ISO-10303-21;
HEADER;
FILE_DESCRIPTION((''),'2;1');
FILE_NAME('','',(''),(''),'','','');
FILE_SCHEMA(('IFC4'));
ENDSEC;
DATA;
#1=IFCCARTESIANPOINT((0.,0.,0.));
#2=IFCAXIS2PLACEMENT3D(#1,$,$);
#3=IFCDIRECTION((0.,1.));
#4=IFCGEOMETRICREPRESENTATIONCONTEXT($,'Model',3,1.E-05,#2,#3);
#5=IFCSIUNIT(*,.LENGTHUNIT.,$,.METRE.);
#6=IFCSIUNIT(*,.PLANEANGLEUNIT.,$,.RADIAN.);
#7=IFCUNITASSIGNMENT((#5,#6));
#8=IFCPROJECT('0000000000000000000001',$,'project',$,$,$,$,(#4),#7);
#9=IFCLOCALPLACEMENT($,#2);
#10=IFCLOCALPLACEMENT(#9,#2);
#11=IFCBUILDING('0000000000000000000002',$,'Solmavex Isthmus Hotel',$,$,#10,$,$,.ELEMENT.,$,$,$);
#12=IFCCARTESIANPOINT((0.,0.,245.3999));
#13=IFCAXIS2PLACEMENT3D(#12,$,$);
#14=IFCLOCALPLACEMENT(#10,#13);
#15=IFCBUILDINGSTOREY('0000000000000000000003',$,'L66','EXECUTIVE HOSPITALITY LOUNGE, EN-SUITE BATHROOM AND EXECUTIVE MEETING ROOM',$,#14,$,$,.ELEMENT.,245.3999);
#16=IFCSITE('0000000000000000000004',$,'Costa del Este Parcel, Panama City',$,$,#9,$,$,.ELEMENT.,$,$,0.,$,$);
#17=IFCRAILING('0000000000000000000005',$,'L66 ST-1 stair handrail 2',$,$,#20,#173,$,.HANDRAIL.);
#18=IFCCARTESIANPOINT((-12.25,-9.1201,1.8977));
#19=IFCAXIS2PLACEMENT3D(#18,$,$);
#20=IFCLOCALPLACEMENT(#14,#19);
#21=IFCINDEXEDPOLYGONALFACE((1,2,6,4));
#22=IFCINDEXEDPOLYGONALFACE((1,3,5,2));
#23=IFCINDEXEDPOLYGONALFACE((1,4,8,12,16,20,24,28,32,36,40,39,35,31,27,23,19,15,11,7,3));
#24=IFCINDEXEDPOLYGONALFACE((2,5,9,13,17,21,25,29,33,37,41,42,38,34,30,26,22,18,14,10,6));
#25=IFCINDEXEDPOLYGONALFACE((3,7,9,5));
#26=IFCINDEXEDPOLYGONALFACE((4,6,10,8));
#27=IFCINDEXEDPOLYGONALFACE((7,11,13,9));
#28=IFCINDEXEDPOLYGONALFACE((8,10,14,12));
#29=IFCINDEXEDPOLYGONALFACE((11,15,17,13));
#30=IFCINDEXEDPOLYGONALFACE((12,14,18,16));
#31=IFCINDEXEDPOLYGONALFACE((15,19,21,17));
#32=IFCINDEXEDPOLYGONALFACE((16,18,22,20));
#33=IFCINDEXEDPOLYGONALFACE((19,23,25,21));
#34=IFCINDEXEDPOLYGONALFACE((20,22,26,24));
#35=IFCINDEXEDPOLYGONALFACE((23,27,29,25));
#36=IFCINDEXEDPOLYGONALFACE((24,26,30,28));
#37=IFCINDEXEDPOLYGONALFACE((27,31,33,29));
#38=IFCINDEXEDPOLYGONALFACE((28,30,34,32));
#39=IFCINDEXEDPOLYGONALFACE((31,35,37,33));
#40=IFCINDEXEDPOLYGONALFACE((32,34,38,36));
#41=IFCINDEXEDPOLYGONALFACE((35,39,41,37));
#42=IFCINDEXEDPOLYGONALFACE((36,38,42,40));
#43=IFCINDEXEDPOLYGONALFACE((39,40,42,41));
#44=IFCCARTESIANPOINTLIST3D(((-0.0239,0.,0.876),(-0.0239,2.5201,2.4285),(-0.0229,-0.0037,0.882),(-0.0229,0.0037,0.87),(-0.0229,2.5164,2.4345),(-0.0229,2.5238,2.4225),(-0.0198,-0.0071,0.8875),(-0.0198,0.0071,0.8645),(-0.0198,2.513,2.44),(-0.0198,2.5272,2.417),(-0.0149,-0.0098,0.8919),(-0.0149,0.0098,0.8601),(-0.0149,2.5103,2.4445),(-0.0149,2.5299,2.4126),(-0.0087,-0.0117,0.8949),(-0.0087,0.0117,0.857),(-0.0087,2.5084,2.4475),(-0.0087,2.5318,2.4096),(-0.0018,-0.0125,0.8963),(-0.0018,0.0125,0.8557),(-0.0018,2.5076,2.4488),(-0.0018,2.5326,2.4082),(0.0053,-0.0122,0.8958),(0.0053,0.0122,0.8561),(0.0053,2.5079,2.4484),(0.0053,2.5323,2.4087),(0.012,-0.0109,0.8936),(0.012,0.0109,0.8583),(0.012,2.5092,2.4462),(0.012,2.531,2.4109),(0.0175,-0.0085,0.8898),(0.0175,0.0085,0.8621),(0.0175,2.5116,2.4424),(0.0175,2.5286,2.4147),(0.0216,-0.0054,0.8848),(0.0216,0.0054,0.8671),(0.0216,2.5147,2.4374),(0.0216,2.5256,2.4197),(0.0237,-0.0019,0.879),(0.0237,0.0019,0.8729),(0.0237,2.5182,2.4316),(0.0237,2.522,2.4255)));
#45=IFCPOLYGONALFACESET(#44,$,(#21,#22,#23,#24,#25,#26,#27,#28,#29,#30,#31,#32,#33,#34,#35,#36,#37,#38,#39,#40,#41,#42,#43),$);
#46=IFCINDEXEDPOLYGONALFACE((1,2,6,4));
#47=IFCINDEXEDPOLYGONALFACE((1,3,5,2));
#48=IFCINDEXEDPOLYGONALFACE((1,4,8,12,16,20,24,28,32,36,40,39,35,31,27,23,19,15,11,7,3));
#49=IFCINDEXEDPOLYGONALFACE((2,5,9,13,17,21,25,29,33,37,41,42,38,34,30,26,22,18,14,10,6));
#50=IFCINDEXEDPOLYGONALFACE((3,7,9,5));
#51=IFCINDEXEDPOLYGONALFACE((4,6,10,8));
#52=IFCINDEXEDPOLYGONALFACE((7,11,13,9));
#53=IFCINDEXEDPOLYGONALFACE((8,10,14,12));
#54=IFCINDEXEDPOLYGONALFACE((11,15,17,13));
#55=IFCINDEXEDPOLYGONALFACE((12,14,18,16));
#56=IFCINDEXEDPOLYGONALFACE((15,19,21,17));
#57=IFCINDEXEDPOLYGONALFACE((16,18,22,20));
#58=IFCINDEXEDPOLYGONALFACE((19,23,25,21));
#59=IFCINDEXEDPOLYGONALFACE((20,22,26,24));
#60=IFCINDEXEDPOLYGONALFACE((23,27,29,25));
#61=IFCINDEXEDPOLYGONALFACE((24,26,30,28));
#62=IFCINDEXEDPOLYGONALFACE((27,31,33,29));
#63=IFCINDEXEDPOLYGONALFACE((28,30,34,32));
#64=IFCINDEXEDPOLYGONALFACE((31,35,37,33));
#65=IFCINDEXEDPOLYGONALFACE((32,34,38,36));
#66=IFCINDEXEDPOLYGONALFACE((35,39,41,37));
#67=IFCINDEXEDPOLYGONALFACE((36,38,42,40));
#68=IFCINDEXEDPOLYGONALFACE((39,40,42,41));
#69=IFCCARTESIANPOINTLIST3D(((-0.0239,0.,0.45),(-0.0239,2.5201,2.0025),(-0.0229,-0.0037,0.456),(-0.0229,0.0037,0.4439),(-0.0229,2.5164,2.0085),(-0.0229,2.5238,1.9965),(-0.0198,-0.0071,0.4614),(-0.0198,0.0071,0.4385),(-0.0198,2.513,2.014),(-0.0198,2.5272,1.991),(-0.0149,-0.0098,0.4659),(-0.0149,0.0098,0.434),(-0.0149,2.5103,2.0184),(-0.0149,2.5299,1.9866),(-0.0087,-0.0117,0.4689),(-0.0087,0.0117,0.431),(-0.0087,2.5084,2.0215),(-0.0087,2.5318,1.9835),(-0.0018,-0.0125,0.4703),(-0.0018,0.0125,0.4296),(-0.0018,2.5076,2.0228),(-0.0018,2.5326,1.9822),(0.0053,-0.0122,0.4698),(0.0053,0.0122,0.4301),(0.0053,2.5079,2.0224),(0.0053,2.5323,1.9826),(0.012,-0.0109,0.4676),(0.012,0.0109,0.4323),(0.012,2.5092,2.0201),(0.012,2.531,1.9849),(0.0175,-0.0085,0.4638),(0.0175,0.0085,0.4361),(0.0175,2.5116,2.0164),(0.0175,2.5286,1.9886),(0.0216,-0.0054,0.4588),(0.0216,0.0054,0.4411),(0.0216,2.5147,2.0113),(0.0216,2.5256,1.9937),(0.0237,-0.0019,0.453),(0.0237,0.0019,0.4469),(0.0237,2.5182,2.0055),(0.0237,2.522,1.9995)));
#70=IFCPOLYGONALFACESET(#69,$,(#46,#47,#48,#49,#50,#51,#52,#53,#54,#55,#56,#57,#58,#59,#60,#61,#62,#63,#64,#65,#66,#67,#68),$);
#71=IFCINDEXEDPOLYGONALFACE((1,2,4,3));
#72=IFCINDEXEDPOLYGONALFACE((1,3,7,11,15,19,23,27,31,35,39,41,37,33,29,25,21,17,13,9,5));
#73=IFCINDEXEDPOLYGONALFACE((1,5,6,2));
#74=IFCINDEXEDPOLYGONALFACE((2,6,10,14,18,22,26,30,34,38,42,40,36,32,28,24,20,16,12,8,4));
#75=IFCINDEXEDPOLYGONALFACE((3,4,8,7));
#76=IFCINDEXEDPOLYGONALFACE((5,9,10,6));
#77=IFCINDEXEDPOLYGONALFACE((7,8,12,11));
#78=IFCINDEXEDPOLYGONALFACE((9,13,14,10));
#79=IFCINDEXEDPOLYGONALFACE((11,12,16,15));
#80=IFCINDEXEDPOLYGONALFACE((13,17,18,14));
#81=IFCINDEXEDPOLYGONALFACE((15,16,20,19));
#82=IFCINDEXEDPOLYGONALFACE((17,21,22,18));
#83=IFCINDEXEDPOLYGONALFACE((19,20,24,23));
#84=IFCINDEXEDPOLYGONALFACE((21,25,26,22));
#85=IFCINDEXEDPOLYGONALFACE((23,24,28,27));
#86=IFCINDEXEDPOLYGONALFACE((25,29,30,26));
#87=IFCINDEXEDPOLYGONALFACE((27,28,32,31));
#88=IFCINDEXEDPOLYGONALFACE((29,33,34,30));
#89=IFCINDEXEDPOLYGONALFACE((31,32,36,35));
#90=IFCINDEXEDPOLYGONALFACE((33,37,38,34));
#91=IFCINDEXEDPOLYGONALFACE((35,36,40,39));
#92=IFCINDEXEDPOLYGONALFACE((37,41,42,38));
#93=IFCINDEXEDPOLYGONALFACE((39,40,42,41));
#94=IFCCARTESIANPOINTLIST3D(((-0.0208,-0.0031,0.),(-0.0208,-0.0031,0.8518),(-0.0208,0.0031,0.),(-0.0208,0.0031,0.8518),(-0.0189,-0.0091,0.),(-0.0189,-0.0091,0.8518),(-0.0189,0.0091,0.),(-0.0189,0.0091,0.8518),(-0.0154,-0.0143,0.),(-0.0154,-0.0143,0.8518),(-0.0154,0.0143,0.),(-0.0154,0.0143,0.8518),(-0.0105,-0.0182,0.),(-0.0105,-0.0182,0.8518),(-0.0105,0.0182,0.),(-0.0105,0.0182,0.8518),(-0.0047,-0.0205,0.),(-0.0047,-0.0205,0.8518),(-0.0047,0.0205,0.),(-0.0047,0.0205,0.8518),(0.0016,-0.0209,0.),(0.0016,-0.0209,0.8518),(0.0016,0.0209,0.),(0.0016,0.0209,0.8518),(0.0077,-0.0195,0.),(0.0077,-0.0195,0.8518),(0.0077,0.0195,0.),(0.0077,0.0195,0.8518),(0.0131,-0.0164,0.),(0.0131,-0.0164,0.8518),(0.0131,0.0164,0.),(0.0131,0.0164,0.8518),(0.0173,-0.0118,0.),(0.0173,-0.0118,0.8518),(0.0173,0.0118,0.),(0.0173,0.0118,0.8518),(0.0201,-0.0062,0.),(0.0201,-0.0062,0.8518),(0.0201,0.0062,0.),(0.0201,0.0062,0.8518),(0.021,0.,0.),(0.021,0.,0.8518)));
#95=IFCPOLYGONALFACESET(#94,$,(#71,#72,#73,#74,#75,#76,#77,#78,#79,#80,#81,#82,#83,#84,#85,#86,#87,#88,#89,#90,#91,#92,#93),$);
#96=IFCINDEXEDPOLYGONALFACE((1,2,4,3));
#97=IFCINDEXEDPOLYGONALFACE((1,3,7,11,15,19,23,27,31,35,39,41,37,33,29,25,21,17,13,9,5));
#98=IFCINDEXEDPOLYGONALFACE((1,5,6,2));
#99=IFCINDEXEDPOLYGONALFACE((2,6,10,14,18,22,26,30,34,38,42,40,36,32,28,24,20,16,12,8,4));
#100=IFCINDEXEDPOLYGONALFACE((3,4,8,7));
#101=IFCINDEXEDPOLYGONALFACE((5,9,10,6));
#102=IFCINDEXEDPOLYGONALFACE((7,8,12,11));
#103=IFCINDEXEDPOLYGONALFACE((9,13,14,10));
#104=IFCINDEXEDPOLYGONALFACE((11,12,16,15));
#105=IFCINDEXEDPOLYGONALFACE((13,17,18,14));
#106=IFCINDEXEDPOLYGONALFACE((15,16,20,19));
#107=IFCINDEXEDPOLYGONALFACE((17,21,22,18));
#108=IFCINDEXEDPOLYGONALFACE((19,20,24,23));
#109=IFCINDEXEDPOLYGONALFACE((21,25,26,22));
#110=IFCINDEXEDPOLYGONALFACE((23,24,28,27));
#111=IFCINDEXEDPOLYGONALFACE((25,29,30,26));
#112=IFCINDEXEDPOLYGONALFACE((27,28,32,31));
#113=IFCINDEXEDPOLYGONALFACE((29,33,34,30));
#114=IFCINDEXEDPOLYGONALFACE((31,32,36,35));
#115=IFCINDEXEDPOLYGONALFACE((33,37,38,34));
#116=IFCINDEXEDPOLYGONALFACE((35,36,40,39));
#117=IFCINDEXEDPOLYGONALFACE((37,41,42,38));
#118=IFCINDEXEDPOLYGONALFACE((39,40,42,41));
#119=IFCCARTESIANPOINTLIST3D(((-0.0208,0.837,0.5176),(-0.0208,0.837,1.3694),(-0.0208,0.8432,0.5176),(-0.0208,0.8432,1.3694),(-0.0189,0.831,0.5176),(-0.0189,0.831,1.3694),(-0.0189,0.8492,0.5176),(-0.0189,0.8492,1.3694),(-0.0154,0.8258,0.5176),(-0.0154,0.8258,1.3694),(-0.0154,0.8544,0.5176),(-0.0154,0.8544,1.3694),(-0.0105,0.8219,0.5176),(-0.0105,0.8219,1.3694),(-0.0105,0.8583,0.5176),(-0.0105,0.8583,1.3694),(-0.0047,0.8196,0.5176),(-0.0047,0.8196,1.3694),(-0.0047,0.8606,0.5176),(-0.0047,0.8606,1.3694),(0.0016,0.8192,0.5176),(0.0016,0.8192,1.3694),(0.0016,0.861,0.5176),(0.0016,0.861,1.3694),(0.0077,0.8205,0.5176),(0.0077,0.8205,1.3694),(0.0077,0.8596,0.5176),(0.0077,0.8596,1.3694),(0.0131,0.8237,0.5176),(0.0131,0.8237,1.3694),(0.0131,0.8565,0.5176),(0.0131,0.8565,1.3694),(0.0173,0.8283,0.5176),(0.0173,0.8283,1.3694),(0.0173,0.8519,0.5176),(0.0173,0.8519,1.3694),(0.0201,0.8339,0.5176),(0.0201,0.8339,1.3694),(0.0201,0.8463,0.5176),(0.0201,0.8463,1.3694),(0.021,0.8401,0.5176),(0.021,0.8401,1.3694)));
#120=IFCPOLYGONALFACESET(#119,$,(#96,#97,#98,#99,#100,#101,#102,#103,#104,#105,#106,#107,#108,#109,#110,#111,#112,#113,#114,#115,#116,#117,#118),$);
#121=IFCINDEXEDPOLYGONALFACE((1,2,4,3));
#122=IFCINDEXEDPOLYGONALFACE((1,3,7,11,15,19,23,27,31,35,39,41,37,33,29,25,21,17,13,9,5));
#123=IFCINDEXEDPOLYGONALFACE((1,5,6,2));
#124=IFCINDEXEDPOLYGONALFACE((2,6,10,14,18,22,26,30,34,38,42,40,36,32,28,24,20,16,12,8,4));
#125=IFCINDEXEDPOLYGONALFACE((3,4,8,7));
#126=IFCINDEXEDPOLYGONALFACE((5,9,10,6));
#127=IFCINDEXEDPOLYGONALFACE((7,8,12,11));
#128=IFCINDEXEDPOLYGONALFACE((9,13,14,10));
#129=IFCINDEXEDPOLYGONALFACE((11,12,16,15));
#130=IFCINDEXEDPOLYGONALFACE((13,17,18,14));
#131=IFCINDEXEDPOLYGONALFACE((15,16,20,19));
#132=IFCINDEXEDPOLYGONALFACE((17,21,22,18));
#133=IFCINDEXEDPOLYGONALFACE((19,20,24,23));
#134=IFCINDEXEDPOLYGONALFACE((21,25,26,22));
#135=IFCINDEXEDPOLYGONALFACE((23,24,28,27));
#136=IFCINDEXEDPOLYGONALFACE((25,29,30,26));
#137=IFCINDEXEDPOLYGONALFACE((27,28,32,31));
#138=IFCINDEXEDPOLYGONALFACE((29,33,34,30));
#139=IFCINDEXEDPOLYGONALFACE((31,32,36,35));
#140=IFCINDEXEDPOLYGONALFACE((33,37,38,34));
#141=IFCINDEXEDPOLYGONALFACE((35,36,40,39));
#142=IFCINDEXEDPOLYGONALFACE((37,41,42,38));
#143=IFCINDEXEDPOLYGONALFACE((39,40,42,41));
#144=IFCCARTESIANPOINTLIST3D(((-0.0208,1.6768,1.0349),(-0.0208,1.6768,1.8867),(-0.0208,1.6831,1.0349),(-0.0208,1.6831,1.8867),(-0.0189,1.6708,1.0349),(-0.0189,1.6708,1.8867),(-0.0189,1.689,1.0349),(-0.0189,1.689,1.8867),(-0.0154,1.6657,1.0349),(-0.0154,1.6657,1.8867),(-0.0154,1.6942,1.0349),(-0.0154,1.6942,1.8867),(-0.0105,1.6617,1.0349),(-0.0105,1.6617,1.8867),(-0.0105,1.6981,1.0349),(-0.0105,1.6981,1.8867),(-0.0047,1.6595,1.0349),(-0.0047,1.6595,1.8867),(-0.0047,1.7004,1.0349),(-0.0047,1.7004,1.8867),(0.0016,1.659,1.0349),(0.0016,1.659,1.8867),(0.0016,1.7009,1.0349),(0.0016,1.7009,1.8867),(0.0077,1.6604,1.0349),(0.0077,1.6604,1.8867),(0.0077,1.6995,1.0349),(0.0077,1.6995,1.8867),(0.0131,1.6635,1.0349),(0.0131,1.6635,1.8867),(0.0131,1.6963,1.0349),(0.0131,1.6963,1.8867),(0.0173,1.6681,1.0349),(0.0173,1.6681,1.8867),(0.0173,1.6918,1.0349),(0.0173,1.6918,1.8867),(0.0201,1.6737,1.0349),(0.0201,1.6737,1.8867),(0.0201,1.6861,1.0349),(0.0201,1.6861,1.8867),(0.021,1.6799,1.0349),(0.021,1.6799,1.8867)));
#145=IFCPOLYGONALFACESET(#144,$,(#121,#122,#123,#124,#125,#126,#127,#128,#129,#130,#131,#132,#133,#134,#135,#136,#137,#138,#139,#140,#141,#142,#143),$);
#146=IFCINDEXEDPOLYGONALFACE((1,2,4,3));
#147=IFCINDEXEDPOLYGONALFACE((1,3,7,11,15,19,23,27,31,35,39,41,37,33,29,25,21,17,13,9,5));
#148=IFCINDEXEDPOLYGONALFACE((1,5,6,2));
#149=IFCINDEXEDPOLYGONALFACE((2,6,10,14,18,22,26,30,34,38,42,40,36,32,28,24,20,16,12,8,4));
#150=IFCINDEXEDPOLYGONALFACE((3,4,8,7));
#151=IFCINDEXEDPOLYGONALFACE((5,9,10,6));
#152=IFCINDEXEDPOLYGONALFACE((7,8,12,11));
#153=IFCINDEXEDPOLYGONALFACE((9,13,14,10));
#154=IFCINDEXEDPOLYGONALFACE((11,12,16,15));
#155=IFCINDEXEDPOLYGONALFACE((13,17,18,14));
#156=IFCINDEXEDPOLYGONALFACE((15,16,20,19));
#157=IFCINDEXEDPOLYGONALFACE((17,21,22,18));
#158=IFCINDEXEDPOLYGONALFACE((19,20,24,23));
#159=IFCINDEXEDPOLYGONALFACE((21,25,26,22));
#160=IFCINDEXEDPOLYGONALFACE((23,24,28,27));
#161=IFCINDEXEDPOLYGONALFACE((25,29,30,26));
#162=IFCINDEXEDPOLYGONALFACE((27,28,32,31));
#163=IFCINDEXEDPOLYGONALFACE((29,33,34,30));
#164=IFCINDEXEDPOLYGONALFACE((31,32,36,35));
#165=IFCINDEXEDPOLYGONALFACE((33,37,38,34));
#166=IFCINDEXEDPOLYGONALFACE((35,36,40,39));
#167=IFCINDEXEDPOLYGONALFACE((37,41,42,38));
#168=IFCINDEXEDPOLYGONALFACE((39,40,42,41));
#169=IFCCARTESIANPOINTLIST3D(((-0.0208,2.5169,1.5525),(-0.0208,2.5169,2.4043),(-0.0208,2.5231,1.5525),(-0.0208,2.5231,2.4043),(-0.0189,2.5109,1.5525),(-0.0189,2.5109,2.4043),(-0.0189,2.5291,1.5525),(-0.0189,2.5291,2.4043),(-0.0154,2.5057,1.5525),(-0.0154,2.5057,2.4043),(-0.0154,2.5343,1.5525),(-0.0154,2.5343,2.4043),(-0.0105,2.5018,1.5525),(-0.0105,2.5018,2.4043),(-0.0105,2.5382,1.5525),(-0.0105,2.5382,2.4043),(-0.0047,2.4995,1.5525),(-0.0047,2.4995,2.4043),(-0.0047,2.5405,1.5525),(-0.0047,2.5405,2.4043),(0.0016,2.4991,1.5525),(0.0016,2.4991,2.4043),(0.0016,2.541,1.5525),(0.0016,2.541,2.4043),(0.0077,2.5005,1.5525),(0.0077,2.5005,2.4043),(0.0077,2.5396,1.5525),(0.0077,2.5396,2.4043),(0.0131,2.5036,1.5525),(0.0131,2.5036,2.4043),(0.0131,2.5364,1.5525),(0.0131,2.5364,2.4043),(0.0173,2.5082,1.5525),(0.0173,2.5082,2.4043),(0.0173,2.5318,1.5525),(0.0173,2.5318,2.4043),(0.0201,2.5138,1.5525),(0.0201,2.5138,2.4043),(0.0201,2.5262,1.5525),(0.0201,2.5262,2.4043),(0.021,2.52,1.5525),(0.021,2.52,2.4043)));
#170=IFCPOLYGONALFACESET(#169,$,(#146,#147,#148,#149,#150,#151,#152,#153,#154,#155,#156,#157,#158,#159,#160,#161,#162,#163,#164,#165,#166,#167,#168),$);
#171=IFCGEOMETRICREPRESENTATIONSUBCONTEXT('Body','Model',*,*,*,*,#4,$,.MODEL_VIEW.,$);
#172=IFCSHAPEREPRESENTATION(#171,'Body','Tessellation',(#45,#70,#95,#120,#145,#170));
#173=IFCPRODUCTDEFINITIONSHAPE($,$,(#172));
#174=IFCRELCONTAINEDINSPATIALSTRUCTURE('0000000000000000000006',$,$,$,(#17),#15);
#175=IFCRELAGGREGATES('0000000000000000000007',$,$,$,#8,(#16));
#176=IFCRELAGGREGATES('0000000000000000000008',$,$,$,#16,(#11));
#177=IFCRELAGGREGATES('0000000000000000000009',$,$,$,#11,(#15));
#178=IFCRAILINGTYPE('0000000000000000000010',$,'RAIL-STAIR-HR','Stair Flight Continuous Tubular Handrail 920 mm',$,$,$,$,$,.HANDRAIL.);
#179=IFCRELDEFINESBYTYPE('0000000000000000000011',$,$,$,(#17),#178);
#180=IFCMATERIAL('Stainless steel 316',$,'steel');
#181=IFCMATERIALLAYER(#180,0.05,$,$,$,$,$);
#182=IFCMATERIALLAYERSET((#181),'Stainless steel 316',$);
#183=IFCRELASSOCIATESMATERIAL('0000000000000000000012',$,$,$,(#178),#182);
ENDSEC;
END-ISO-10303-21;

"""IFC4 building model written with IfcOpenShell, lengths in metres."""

from ifc_helpers import new_model, si_unit, direction, frame, origin, origin_2d, place, context, subcontext, project, spatial, circle, extrude, material, layer, layer_set, type_object, element, save


model = new_model("IFC4")

# Units and contexts
model_context = context("Model", 3, precision=1e-05, world=origin(), true_north=direction((0.0, 1.0)))
body_context = subcontext(model_context, "Body", "Model", "MODEL_VIEW")
ifc_project = project(units=[si_unit("LENGTHUNIT", "METRE"), si_unit("PLANEANGLEUNIT", "RADIAN")], contexts=[model_context])

# Site, building, storey
site_placement = place(None, origin())
site = spatial("IfcSite", under=ifc_project, at=site_placement, Name="Costa del Este Parcel, Panama City", CompositionType="ELEMENT", RefElevation=0.0)
building_placement = place(site_placement, origin())
building = spatial("IfcBuilding", under=site, at=building_placement, Name="Solmavex Isthmus Hotel", CompositionType="ELEMENT")
storey_placement = place(building_placement, frame((0.0, 0.0, 245.3999)))
storey = spatial("IfcBuildingStorey", under=building, at=storey_placement, Name="L66", Description="EXECUTIVE HOSPITALITY LOUNGE, EN-SUITE BATHROOM AND EXECUTIVE MEETING ROOM", CompositionType="ELEMENT", Elevation=245.3999)

# Shared definitions
ifc_material_1 = material(Name="Stainless steel 316", Category="steel")

# Railing
ifc_layer_1 = layer(ifc_material_1, 0.05)
ifc_layer_set_1 = layer_set([ifc_layer_1], Name="Stainless steel 316")
railing_type = type_object("IfcRailingType", Name="RAIL-STAIR-HR", Description="Stair Flight Continuous Tubular Handrail 920 mm", PredefinedType="HANDRAIL", material=ifc_layer_set_1)
railing_placement = place(storey_placement, frame((-12.25, -9.1201, 1.8977)))
element("IfcRailing", 1, at=railing_placement, inside=storey, type_object=railing_type, Name="L66 ST-1 stair handrail 2", PredefinedType="HANDRAIL", context=body_context, shape_type="SweptSolid", body=[
    extrude(circle(Radius=0.0239, at=origin_2d()), frame((0.0, 0.0, 0.876), z_axis=(0.0, 0.8514, 0.524516), x_axis=(-1.0, 0.0, 0.0)), (0.0, 0.0, 1.0), 2.96),
    extrude(circle(Radius=0.0239, at=origin_2d()), frame((0.0, 0.0, 0.45), z_axis=(0.0, 0.8514, 0.524516), x_axis=(-1.0, 0.0, 0.0)), (0.0, 0.0, 1.0), 2.96),
    extrude(circle(Radius=0.021, at=origin_2d()), origin(), (0.0, 0.0, 1.0), 0.8518),
    extrude(circle(Radius=0.021, at=origin_2d()), frame((0.0, 0.8401, 0.5176)), (0.0, 0.0, 1.0), 0.8518),
    extrude(circle(Radius=0.021, at=origin_2d()), frame((0.0, 1.6799, 1.0349)), (0.0, 0.0, 1.0), 0.8518),
    extrude(circle(Radius=0.021, at=origin_2d()), frame((0.0, 2.52, 1.5525)), (0.0, 0.0, 1.0), 0.8518),
])

save(model, "model.ifc")
